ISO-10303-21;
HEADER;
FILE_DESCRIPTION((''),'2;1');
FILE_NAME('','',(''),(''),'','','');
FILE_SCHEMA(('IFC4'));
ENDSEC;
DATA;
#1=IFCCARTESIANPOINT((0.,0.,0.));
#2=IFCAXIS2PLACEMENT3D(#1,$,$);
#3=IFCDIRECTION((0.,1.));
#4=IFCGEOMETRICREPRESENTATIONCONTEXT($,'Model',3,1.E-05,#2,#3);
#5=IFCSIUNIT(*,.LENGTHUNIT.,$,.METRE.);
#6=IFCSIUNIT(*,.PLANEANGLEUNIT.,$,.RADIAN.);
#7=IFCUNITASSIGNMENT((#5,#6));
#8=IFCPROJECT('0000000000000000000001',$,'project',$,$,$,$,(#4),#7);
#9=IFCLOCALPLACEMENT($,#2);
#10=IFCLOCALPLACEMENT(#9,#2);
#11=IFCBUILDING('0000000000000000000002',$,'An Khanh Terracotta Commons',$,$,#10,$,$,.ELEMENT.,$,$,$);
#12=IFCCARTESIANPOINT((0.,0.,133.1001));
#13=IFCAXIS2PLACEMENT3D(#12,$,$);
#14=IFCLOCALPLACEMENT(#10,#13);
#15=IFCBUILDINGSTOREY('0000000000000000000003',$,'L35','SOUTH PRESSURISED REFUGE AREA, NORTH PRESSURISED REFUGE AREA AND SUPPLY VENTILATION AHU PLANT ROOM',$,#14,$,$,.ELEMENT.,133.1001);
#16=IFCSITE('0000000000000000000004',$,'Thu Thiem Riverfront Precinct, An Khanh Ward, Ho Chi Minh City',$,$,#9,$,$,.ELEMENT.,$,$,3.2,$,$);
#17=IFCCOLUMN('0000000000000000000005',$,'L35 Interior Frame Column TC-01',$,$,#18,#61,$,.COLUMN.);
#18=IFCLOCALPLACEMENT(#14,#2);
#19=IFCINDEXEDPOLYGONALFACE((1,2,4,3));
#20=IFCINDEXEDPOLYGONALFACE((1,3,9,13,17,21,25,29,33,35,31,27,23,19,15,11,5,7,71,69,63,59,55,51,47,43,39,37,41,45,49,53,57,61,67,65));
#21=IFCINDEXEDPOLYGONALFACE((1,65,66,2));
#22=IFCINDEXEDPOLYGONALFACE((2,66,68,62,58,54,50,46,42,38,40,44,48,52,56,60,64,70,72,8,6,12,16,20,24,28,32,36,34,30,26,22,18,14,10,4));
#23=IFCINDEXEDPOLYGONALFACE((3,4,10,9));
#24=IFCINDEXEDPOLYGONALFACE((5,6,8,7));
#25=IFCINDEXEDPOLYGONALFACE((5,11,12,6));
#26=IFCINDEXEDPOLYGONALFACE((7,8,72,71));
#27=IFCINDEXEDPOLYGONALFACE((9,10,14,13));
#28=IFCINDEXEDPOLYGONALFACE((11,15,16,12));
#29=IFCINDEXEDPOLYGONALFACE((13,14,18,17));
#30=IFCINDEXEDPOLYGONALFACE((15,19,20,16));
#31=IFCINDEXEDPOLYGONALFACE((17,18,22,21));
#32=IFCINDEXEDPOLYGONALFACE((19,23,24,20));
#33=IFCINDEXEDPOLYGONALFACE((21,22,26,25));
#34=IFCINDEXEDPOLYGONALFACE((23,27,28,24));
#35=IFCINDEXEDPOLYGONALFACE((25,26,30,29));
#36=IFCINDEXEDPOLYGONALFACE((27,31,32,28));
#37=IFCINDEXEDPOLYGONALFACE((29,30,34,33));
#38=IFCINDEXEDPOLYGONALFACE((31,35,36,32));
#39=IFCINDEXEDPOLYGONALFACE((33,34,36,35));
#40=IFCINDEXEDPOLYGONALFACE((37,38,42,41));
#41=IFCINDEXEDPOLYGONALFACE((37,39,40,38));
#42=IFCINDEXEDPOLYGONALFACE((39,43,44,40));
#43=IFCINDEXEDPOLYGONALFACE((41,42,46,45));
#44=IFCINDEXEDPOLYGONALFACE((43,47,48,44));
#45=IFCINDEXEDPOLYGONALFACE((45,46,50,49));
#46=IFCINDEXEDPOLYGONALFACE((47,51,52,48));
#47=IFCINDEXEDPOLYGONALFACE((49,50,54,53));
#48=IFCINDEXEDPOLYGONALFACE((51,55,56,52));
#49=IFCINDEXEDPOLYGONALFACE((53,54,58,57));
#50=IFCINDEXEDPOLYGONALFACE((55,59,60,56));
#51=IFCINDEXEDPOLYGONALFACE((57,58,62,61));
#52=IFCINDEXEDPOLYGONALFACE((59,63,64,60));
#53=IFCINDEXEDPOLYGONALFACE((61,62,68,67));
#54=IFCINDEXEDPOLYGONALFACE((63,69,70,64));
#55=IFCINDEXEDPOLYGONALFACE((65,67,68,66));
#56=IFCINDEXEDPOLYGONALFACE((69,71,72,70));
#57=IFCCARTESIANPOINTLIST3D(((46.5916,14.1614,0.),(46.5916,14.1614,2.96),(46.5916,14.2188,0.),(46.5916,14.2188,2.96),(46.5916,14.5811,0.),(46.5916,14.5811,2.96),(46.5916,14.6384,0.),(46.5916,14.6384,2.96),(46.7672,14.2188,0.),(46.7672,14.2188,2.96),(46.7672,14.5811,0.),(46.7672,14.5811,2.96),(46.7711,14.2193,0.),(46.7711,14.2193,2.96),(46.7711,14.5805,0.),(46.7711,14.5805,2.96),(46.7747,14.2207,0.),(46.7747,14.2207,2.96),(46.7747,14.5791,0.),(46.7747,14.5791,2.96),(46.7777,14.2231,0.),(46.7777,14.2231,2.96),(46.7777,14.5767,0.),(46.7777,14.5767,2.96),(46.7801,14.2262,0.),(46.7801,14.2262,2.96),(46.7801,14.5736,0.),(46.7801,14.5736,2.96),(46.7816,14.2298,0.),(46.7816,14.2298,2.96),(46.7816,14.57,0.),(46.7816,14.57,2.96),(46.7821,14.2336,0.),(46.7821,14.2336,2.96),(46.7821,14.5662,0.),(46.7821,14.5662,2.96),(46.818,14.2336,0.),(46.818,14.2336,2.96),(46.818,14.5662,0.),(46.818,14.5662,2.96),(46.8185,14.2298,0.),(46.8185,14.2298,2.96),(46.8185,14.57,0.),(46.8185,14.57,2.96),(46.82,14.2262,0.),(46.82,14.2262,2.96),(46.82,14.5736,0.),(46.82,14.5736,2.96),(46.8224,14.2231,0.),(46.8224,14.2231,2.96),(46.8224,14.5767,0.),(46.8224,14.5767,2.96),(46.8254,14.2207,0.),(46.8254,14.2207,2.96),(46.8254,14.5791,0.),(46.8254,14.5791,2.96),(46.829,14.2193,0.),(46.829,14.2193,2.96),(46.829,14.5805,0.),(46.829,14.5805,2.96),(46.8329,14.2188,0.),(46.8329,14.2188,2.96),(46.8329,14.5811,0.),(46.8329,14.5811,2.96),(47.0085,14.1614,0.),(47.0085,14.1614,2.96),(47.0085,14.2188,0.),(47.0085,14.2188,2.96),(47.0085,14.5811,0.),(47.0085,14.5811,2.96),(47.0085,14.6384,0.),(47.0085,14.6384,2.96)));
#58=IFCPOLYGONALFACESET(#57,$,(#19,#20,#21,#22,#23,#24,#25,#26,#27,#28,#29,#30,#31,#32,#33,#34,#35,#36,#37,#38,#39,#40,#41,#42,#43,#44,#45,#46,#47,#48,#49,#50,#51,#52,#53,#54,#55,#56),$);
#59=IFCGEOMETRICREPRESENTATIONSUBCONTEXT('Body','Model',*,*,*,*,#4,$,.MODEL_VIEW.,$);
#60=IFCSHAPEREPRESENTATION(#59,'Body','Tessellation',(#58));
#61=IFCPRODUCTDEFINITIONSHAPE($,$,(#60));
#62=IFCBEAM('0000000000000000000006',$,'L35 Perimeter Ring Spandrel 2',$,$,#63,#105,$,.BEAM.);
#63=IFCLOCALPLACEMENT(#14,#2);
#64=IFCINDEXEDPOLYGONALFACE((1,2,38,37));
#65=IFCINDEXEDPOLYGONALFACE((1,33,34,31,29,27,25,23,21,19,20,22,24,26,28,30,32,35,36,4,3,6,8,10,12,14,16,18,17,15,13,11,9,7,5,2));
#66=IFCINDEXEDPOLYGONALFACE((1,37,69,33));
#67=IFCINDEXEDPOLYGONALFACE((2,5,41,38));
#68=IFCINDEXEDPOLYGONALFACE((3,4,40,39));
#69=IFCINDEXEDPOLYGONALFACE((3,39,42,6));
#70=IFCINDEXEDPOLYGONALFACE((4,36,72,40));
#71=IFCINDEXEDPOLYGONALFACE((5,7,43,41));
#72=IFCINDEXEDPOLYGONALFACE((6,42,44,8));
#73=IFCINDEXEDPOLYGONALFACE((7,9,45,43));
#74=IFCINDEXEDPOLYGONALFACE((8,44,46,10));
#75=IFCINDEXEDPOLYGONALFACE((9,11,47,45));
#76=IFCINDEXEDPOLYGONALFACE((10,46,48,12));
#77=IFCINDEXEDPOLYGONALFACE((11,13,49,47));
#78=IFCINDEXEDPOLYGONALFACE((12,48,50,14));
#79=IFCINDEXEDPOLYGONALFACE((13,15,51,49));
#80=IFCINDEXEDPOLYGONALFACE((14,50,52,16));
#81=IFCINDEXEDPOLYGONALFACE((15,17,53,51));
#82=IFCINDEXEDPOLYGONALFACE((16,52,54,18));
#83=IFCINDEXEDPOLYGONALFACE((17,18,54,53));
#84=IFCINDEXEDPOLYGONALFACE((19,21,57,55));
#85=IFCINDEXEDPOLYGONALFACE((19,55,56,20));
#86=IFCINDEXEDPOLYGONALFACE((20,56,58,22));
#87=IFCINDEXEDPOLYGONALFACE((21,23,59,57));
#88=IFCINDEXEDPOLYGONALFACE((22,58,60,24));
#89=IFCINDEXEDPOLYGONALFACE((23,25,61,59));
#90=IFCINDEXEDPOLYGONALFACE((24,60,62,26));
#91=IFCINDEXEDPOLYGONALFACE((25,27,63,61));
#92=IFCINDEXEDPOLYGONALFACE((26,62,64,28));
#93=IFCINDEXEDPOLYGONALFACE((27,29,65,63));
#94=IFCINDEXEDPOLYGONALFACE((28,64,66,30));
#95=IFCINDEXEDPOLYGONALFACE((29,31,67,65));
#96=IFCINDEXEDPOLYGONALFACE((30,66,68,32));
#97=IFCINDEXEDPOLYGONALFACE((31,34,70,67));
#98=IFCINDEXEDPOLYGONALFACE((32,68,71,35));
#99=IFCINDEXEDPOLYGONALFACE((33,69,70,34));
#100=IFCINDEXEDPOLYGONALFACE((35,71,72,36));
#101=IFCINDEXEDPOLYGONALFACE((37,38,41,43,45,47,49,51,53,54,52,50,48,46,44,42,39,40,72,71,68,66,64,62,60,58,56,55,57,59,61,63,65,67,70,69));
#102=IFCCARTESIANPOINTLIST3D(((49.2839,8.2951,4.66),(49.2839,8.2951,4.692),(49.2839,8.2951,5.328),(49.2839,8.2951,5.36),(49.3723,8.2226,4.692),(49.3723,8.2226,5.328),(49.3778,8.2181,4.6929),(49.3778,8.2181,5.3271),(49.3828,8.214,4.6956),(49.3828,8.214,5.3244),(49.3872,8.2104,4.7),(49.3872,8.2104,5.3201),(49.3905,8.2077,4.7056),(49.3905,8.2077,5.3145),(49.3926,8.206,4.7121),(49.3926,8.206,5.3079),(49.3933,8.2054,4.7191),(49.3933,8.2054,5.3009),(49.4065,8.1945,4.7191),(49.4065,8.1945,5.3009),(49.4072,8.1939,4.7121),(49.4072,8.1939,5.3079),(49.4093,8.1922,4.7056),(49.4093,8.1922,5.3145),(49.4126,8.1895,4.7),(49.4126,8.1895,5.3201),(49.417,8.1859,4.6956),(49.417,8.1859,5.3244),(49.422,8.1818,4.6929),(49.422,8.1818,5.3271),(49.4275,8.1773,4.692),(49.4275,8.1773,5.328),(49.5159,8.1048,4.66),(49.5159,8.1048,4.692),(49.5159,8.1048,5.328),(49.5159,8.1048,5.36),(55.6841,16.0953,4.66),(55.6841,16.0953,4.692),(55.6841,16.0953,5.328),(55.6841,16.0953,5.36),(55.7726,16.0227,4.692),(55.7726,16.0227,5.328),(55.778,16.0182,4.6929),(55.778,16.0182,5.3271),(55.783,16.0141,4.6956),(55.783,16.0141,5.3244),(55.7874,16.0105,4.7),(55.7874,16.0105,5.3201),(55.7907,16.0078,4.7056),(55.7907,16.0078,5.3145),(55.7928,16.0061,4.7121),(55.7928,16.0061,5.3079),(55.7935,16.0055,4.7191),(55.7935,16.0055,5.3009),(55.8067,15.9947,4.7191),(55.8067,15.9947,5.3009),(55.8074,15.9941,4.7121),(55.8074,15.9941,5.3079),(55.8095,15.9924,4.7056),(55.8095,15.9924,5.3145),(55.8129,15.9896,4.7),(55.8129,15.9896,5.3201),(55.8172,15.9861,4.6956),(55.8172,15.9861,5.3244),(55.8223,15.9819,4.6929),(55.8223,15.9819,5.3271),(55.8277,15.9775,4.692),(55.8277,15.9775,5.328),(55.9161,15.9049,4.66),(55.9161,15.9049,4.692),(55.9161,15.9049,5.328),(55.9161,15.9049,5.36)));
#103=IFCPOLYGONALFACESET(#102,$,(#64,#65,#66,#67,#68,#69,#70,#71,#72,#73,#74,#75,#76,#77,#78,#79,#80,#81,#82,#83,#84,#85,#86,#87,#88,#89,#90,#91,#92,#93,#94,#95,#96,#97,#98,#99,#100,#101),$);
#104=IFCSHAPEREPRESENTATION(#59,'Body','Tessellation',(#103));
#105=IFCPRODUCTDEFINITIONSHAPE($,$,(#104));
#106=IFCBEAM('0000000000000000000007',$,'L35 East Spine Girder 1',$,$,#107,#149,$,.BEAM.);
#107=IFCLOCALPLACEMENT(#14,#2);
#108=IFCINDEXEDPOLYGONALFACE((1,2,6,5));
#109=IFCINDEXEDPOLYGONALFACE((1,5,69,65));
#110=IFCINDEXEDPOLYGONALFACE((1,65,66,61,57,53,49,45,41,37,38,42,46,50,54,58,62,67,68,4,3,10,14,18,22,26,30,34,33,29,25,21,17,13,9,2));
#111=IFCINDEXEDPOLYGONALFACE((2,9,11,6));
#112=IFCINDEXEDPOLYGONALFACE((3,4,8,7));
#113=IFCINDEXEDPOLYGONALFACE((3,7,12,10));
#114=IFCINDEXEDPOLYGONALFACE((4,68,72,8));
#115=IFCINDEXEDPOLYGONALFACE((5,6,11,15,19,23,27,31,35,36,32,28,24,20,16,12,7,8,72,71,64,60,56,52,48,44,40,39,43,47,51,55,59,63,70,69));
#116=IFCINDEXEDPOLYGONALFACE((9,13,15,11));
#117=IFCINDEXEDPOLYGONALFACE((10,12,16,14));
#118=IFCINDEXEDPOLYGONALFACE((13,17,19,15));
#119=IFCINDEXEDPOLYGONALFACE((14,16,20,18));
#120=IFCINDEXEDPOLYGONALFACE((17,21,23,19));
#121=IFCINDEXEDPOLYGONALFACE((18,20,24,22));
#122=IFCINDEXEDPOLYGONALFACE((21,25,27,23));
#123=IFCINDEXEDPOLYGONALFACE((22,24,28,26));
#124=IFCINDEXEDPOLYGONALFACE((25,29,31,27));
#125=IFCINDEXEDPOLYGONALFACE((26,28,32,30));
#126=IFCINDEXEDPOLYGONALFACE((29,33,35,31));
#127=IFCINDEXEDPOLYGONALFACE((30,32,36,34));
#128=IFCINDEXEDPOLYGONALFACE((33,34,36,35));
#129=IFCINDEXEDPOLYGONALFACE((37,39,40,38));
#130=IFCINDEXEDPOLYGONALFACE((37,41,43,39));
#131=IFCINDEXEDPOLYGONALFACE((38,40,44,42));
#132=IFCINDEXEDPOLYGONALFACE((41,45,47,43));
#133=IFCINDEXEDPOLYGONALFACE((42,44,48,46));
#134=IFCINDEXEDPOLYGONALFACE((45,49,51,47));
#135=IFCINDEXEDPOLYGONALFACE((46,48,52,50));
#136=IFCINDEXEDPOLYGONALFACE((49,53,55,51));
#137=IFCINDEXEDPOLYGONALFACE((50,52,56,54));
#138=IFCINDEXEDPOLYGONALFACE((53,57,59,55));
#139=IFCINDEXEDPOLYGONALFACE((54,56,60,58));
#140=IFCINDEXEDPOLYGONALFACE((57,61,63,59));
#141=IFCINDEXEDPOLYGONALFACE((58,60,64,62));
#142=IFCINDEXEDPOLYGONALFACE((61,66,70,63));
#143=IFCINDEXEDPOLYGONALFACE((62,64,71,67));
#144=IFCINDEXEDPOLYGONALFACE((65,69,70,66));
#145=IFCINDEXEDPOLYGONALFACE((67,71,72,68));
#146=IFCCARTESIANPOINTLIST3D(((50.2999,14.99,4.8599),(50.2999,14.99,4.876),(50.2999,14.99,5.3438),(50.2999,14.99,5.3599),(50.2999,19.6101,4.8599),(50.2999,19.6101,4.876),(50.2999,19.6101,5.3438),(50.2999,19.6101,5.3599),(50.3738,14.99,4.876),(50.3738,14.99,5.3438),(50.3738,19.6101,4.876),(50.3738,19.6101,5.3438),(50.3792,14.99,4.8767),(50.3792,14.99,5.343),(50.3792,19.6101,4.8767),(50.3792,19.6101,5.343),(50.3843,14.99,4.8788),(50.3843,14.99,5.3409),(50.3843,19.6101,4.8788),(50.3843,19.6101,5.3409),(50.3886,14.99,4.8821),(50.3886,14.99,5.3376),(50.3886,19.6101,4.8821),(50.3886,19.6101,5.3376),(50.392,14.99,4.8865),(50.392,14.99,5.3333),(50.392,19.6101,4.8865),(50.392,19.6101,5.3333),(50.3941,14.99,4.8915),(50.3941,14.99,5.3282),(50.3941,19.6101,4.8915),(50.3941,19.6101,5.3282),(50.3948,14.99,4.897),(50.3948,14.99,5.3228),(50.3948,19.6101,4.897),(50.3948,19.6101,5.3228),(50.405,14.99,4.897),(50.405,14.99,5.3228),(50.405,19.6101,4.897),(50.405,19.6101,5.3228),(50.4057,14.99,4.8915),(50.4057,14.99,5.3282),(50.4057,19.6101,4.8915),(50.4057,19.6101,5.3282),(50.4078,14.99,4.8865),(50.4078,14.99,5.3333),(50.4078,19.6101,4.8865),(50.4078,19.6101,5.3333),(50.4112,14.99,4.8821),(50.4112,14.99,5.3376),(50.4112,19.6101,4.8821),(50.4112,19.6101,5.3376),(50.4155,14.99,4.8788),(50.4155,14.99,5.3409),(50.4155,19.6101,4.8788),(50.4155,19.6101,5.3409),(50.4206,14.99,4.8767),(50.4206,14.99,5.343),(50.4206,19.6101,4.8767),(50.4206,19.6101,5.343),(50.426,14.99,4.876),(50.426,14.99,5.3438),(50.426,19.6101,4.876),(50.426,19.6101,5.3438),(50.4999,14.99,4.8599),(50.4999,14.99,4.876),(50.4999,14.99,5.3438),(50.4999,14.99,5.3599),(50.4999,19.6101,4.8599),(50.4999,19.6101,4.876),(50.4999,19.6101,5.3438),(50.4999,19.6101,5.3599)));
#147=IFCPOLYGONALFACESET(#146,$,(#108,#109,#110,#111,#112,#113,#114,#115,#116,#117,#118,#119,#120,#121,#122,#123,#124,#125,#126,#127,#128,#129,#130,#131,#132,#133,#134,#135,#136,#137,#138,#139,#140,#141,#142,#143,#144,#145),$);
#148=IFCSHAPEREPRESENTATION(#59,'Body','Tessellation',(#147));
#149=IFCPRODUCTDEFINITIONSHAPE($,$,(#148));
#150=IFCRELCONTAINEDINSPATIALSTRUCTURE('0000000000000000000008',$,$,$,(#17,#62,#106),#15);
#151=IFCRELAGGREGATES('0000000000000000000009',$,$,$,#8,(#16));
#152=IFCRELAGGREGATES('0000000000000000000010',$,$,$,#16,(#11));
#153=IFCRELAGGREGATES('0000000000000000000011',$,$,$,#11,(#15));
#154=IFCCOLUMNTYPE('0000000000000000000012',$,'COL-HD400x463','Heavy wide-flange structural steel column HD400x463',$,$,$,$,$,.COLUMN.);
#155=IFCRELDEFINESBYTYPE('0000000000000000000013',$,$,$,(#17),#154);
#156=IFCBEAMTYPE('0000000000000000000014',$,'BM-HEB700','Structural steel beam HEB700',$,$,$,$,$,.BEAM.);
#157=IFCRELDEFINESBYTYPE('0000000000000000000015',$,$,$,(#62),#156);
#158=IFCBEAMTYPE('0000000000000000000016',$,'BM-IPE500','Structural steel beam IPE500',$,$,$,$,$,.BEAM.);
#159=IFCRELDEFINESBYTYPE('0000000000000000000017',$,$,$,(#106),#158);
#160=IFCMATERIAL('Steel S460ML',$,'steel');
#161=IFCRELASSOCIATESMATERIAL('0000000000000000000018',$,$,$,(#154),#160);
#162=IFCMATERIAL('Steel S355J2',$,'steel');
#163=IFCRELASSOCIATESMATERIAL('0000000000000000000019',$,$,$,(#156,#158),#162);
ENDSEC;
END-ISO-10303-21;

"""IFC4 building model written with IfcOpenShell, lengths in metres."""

from ifc_helpers import new_model, si_unit, direction, frame, origin, origin_2d, place, context, subcontext, project, spatial, i_section, extrude, material, material_profile, profile_set, type_object, element, save


model = new_model("IFC4")

# Units and contexts
model_context = context("Model", 3, precision=1e-05, world=origin(), true_north=direction((0.0, 1.0)))
body_context = subcontext(model_context, "Body", "Model", "MODEL_VIEW")
ifc_project = project(units=[si_unit("LENGTHUNIT", "METRE"), si_unit("PLANEANGLEUNIT", "RADIAN")], contexts=[model_context])

# Site, building, storey
site_placement = place(None, origin())
site = spatial("IfcSite", under=ifc_project, at=site_placement, Name="Thu Thiem Riverfront Precinct, An Khanh Ward, Ho Chi Minh City", CompositionType="ELEMENT", RefElevation=3.2)
building_placement = place(site_placement, origin())
building = spatial("IfcBuilding", under=site, at=building_placement, Name="An Khanh Terracotta Commons", CompositionType="ELEMENT")
storey_placement = place(building_placement, frame((0.0, 0.0, 133.1001)))
storey = spatial("IfcBuildingStorey", under=building, at=storey_placement, Name="L35", Description="SOUTH PRESSURISED REFUGE AREA, NORTH PRESSURISED REFUGE AREA AND SUPPLY VENTILATION AHU PLANT ROOM", CompositionType="ELEMENT", Elevation=133.1001)

# Column
ifc_material_1 = material(Name="Steel S460ML", Category="steel")
ifc_material_profile_1 = material_profile(ifc_material_1, i_section(OverallWidth=0.417, OverallDepth=0.4771, WebThickness=0.0359, FlangeThickness=0.0574, FilletRadius=0.0149, at=origin_2d()), Name="HD400x463")
ifc_profile_set_1 = profile_set([ifc_material_profile_1], Name="Steel S460ML")
column_type = type_object("IfcColumnType", Name="COL-HD400x463", Description="Heavy wide-flange structural steel column HD400x463", PredefinedType="COLUMN", material=ifc_profile_set_1)
column_placement = place(storey_placement, frame((46.8, 14.3999, 0.0), z_axis=(0.0, 0.0, 1.0), x_axis=(1.0, 0.0, 0.0)))
element("IfcColumn", 1, at=column_placement, inside=storey, type_object=column_type, Name="L35 Interior Frame Column TC-01", PredefinedType="COLUMN", context=body_context, shape_type="SweptSolid", body=[
    extrude(i_section(OverallWidth=0.417, OverallDepth=0.4771, WebThickness=0.0359, FlangeThickness=0.0574, FilletRadius=0.0149, at=origin_2d()), origin(), (0.0, 0.0, 1.0), 2.96),
])

# Beams
ifc_material_2 = material(Name="Steel S355J2", Category="steel")
ifc_material_profile_2 = material_profile(ifc_material_2, i_section(OverallWidth=0.3, OverallDepth=0.7, WebThickness=0.0171, FlangeThickness=0.032, FilletRadius=0.0271, at=origin_2d()), Name="HEB700")
ifc_profile_set_2 = profile_set([ifc_material_profile_2], Name="Steel S355J2")
beam_type_1 = type_object("IfcBeamType", Name="BM-HEB700", Description="Structural steel beam HEB700", PredefinedType="BEAM", material=ifc_profile_set_2)
beam_1_placement = place(storey_placement, frame((49.3999, 8.2, 5.01), z_axis=(0.634323, 0.773068, 0.0), x_axis=(-0.773068, 0.634323, 0.0)))
element("IfcBeam", 2, at=beam_1_placement, inside=storey, type_object=beam_type_1, Name="L35 Perimeter Ring Spandrel 2", PredefinedType="BEAM", context=body_context, shape_type="SweptSolid", body=[
    extrude(i_section(OverallWidth=0.3, OverallDepth=0.7, WebThickness=0.0171, FlangeThickness=0.032, FilletRadius=0.0271, at=origin_2d()), origin(), (0.0, 0.0, 1.0), 10.0898),
])
ifc_material_profile_3 = material_profile(ifc_material_2, i_section(OverallWidth=0.2, OverallDepth=0.5, WebThickness=0.0103, FlangeThickness=0.0161, FilletRadius=0.021, at=origin_2d()), Name="IPE500")
ifc_profile_set_3 = profile_set([ifc_material_profile_3], Name="Steel S355J2")
beam_type_2 = type_object("IfcBeamType", Name="BM-IPE500", Description="Structural steel beam IPE500", PredefinedType="BEAM", material=ifc_profile_set_3)
beam_2_placement = place(storey_placement, frame((50.3999, 14.99, 5.1099), z_axis=(0.0, 1.0, 0.0), x_axis=(-1.0, 0.0, 0.0)))
element("IfcBeam", 3, at=beam_2_placement, inside=storey, type_object=beam_type_2, Name="L35 East Spine Girder 1", PredefinedType="BEAM", context=body_context, shape_type="SweptSolid", body=[
    extrude(i_section(OverallWidth=0.2, OverallDepth=0.5, WebThickness=0.0103, FlangeThickness=0.0161, FilletRadius=0.021, at=origin_2d()), origin(), (0.0, 0.0, 1.0), 4.6201),
])

save(model, "model.ifc")
